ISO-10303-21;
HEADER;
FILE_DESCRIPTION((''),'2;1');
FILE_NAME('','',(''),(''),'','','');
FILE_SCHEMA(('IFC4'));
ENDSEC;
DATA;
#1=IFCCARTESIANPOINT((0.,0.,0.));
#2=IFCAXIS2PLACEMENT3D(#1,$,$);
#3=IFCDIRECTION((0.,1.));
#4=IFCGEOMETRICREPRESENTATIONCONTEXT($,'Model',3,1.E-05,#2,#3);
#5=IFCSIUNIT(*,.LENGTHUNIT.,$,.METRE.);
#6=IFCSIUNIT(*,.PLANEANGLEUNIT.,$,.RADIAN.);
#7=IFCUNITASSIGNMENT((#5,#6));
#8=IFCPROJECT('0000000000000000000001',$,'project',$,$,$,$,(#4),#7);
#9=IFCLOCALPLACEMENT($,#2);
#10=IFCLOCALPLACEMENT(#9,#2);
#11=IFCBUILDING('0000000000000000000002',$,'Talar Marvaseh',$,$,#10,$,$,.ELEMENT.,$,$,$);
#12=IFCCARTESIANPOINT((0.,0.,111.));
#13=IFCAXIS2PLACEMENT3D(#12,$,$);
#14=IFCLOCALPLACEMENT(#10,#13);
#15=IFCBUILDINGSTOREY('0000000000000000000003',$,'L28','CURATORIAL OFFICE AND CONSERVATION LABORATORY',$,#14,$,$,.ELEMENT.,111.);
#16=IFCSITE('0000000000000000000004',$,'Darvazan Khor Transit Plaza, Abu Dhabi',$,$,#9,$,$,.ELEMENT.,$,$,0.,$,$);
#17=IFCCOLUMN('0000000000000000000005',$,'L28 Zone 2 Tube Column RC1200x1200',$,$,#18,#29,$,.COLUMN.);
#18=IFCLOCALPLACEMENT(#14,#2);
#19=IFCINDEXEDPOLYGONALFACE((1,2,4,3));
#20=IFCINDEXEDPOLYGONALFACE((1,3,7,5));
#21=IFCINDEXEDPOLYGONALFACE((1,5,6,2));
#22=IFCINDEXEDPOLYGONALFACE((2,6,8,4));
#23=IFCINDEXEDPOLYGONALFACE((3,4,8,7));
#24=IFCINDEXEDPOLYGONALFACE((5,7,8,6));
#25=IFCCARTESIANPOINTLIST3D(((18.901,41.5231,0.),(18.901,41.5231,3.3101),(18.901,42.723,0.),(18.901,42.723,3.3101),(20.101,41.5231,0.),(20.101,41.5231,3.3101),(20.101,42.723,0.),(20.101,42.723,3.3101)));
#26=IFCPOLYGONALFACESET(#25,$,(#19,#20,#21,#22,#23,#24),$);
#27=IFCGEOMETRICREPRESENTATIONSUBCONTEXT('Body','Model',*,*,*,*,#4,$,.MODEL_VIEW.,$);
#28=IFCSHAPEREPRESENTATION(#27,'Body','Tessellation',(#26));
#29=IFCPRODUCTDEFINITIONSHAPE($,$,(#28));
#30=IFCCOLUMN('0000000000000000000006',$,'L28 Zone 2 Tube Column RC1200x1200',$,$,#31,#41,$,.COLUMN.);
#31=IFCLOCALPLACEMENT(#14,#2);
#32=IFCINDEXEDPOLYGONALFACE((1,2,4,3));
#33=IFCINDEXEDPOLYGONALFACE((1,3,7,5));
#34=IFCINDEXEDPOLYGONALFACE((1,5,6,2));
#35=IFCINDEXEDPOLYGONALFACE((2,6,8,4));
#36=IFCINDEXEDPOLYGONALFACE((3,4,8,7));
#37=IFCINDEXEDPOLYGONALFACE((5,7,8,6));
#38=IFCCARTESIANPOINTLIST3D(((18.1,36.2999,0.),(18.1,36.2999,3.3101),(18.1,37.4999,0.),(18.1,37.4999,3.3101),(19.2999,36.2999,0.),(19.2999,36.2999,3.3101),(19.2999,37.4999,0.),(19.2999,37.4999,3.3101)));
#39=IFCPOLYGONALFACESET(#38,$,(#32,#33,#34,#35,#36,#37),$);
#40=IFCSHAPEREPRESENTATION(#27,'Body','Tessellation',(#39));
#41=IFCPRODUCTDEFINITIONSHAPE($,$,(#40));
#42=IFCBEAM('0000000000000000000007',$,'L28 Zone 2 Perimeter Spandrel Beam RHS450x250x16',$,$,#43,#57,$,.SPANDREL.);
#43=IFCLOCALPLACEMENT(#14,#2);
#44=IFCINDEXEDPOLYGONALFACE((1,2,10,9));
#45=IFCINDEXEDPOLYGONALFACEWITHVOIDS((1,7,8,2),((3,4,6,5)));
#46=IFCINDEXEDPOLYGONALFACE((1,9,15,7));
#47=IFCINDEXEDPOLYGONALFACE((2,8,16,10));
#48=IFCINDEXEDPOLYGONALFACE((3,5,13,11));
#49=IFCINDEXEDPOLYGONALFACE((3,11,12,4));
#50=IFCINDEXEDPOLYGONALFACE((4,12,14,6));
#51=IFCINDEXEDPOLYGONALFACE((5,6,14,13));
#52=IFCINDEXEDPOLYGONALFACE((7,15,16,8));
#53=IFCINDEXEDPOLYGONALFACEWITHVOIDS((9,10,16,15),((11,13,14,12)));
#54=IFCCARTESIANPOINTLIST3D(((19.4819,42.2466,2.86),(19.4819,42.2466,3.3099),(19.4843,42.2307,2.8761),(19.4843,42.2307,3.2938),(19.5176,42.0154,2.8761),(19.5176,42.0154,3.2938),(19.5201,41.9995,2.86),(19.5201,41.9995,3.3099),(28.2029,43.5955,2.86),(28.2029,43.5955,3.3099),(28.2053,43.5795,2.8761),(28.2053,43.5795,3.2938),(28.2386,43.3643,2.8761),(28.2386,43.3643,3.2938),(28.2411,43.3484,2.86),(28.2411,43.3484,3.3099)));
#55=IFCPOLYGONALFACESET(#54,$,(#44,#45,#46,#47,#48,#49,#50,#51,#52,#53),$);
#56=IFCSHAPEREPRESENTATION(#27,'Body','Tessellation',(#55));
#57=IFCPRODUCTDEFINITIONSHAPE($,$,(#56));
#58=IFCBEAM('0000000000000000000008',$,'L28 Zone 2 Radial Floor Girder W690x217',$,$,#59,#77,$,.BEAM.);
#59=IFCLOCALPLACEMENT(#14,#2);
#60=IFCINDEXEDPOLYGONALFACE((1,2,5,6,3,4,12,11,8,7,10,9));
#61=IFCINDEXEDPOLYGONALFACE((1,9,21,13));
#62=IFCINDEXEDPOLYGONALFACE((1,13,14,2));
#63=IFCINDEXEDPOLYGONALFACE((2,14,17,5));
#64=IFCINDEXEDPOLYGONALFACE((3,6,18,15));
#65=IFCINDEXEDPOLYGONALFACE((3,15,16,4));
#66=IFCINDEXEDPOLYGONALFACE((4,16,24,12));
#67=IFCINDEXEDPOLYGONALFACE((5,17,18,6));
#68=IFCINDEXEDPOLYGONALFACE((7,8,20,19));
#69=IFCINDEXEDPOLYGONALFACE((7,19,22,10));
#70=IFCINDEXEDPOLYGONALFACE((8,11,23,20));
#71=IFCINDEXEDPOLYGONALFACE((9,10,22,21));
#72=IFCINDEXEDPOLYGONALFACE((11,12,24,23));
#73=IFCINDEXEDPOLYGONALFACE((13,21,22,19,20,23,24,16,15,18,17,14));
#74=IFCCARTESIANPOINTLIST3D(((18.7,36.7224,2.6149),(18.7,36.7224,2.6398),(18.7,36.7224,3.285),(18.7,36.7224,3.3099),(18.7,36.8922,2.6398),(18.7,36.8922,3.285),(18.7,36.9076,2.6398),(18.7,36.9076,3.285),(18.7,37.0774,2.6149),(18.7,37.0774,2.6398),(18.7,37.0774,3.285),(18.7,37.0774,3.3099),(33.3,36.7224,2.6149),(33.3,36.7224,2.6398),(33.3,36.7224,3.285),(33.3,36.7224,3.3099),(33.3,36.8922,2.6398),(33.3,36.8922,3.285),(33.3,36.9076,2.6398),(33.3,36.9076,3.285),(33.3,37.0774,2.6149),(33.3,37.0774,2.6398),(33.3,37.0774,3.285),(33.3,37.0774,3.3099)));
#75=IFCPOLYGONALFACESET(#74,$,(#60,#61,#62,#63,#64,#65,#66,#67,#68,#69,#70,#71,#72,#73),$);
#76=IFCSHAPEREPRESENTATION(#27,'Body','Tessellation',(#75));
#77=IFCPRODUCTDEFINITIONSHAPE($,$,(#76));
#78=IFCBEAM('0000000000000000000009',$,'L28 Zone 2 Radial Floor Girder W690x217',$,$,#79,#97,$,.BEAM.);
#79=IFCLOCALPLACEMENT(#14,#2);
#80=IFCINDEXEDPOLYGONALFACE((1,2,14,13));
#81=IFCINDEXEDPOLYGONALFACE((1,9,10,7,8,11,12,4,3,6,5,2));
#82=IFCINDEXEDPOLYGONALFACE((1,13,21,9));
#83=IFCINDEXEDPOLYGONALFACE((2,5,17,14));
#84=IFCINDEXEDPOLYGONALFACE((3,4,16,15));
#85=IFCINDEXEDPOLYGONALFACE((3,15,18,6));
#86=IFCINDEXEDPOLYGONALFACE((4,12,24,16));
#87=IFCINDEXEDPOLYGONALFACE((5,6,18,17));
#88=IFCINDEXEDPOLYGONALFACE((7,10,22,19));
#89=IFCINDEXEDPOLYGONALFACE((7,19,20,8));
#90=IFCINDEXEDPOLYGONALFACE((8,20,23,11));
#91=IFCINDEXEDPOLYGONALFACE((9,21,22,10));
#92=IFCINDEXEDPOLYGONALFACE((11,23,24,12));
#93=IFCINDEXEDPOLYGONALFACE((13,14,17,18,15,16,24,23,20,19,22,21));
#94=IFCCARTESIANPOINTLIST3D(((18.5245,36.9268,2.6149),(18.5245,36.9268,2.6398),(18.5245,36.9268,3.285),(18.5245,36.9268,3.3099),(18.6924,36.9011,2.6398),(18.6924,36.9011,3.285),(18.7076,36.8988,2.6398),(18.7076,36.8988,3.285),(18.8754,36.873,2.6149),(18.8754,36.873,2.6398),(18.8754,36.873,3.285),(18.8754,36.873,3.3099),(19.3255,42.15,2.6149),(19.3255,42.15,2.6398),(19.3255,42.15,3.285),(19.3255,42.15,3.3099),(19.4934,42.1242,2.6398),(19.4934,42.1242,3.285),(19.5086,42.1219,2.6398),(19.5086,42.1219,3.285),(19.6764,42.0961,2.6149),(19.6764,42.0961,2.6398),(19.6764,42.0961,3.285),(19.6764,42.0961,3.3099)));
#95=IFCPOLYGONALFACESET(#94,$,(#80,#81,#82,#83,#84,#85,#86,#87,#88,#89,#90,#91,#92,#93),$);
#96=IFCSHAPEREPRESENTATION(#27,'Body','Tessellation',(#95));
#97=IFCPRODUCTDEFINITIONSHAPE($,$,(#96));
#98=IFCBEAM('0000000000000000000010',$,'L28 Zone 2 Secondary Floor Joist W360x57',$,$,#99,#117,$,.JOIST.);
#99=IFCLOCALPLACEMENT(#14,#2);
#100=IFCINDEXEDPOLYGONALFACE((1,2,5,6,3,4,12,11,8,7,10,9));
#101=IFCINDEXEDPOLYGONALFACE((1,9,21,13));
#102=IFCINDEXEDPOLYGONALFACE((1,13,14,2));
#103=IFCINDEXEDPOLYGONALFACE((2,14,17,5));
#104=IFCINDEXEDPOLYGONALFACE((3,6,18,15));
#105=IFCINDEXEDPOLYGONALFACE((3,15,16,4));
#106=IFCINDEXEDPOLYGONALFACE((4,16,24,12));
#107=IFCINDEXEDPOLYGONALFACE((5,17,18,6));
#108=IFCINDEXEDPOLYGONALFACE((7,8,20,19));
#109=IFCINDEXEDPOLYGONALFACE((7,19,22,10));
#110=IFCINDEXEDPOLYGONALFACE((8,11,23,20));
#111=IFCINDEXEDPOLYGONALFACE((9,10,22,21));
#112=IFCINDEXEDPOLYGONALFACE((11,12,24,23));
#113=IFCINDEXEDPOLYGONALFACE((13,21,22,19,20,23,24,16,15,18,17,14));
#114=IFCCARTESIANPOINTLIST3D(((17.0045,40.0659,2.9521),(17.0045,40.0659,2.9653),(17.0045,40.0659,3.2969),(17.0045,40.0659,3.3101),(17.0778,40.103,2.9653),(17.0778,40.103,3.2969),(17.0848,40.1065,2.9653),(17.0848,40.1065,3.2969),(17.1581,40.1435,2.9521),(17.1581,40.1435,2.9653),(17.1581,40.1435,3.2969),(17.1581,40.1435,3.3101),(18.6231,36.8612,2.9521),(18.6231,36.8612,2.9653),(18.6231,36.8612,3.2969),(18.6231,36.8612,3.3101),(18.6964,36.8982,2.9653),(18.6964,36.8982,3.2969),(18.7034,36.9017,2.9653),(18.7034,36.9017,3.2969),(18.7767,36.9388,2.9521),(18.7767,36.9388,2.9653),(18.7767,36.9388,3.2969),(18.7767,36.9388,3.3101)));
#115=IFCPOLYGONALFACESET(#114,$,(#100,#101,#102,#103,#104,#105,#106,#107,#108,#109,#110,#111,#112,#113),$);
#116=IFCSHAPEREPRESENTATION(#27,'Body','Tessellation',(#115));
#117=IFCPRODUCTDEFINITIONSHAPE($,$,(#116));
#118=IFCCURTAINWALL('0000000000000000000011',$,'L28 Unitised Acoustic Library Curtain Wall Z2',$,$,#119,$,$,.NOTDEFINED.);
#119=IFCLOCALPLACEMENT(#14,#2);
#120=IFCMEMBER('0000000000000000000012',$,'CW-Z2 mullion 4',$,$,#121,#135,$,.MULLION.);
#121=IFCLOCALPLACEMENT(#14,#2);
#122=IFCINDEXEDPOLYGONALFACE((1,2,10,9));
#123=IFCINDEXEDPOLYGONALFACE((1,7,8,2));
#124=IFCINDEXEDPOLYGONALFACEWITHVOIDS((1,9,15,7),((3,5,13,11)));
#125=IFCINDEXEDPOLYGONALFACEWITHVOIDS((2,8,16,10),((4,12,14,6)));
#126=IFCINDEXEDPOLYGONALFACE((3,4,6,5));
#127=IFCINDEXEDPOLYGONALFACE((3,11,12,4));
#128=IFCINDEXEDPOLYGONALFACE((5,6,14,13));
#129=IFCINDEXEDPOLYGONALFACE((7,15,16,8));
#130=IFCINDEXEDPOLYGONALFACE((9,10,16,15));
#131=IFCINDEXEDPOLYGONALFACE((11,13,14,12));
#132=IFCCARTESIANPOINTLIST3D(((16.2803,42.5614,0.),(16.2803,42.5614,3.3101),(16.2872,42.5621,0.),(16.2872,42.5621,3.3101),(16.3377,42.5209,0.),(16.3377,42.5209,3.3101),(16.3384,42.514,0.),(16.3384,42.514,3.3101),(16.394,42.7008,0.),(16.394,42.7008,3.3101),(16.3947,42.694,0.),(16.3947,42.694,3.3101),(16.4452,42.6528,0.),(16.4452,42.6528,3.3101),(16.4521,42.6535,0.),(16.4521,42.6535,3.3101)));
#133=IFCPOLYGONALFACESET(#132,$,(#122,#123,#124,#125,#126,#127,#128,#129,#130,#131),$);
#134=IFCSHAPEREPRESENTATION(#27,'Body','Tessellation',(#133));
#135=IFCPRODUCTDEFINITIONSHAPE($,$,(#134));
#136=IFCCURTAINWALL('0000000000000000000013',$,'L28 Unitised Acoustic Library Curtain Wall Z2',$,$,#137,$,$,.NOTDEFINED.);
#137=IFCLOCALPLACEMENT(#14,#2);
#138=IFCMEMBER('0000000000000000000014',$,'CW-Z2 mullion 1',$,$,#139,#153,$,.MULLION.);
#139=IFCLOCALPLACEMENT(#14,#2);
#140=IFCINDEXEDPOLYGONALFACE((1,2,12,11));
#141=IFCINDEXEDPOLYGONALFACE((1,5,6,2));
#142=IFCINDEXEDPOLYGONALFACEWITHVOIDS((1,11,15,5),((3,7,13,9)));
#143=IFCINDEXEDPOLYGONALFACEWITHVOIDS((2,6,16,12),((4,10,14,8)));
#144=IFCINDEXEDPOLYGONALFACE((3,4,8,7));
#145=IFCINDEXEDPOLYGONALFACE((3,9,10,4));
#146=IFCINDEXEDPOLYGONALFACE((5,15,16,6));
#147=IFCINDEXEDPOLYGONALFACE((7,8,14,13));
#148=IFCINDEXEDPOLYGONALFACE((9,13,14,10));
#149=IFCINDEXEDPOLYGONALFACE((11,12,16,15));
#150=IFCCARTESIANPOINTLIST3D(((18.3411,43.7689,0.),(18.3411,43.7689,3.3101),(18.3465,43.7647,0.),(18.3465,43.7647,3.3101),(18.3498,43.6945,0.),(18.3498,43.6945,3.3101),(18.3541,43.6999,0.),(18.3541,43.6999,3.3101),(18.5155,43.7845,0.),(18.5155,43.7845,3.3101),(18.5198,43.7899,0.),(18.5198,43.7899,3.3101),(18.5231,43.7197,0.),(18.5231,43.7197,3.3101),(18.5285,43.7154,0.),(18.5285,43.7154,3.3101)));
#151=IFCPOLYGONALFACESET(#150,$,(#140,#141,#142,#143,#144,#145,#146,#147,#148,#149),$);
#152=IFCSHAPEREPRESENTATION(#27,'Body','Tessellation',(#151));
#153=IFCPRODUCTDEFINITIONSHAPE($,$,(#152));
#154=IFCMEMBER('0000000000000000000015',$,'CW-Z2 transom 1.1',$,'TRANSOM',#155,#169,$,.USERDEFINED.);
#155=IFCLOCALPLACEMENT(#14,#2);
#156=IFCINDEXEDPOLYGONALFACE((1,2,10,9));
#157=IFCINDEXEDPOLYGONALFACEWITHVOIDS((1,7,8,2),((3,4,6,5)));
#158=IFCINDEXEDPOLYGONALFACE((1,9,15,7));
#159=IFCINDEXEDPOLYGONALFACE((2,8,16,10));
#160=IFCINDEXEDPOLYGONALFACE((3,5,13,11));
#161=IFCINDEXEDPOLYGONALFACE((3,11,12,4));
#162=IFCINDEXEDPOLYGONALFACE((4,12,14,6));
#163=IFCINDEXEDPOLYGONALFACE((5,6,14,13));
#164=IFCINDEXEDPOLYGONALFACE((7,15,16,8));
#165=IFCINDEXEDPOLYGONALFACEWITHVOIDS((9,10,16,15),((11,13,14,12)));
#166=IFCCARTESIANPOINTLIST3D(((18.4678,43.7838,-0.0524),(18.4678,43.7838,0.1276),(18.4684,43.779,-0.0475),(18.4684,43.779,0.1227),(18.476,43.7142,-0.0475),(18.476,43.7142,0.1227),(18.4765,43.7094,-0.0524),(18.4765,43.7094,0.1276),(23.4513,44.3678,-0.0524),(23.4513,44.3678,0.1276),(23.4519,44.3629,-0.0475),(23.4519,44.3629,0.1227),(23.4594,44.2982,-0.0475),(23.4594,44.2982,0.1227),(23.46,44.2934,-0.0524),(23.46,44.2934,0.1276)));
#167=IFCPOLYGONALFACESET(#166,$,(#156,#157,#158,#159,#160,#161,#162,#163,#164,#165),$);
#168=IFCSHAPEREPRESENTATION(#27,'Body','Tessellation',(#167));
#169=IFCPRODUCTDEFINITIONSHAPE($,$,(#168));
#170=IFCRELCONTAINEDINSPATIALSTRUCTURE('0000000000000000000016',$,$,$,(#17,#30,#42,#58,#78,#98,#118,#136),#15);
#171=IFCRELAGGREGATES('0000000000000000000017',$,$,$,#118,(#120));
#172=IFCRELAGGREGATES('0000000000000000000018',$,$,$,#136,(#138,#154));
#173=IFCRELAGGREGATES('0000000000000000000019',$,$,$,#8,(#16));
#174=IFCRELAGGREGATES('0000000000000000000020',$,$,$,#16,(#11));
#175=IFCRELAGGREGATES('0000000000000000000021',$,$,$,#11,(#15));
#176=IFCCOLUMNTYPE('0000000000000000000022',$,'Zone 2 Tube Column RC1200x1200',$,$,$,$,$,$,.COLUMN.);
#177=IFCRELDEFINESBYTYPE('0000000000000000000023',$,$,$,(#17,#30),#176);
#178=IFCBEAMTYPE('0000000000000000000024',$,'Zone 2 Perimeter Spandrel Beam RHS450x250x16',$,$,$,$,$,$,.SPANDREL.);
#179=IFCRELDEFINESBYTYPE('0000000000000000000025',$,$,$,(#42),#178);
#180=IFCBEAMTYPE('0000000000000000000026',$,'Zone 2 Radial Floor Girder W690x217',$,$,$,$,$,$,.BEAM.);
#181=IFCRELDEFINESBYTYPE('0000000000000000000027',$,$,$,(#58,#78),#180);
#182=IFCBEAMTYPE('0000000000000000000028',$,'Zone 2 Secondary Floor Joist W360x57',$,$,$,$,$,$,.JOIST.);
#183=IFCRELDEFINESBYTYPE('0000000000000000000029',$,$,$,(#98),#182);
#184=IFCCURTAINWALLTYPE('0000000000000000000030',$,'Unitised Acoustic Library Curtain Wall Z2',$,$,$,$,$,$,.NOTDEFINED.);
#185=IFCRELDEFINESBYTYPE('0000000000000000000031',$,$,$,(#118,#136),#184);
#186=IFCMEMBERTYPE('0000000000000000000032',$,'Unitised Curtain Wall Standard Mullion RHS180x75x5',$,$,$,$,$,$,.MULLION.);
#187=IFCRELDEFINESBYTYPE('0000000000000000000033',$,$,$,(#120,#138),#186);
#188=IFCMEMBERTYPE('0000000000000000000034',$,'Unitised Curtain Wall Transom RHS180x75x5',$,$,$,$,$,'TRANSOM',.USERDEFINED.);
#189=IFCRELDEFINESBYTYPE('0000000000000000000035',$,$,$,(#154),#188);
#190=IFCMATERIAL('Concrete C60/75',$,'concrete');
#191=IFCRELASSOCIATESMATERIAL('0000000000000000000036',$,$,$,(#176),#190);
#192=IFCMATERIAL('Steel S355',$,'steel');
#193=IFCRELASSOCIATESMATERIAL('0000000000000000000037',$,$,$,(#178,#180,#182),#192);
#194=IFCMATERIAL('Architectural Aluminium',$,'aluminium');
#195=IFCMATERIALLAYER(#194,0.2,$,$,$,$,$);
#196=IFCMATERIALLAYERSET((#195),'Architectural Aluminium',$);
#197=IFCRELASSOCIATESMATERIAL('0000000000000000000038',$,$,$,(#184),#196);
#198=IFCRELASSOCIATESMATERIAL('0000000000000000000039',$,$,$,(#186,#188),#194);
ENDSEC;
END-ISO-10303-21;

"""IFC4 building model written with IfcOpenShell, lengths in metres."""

from ifc_helpers import new_model, si_unit, direction, frame, origin, origin_2d, place, context, subcontext, project, spatial, rectangle, hollow_rectangle, i_section, extrude, source, transform, mapped, material, layer, layer_set, material_profile, profile_set, type_object, type_shapes, element, aggregate, save


model = new_model("IFC4")

# Units and contexts
model_context = context("Model", 3, precision=1e-05, world=origin(), true_north=direction((0.0, 1.0)))
body_context = subcontext(model_context, "Body", "Model", "MODEL_VIEW")
ifc_project = project(units=[si_unit("LENGTHUNIT", "METRE"), si_unit("PLANEANGLEUNIT", "RADIAN")], contexts=[model_context])

# Site, building, storey
site_placement = place(None, origin())
site = spatial("IfcSite", under=ifc_project, at=site_placement, Name="Darvazan Khor Transit Plaza, Abu Dhabi", CompositionType="ELEMENT", RefElevation=0.0)
building_placement = place(site_placement, origin())
building = spatial("IfcBuilding", under=site, at=building_placement, Name="Talar Marvaseh", CompositionType="ELEMENT")
storey_placement = place(building_placement, frame((0.0, 0.0, 111.0)))
storey = spatial("IfcBuildingStorey", under=building, at=storey_placement, Name="L28", Description="CURATORIAL OFFICE AND CONSERVATION LABORATORY", CompositionType="ELEMENT", Elevation=111.0)

# Columns
ifc_material_1 = material(Name="Concrete C60/75", Category="concrete")
ifc_material_profile_1 = material_profile(ifc_material_1, rectangle(XDim=1.2, YDim=1.2, at=origin_2d()), Name="RC1200x1200")
ifc_profile_set_1 = profile_set([ifc_material_profile_1], Name="Concrete C60/75")
column_type = type_object("IfcColumnType", Name="Zone 2 Tube Column RC1200x1200", PredefinedType="COLUMN", material=ifc_profile_set_1)
for number, where, z_axis, x_axis, name in (
    (1, (19.501, 42.123, 0.0), (0.0, 0.0, 1.0), (1.0, 0.0, 0.0), "L28 Zone 2 Tube Column RC1200x1200"),
    (2, (18.7, 36.8999, 0.0), (0.0, 0.0, 1.0), (1.0, 0.0, 0.0), "L28 Zone 2 Tube Column RC1200x1200"),
):
    element("IfcColumn", number, at=place(storey_placement, frame(where, z_axis=z_axis, x_axis=x_axis)), inside=storey, type_object=column_type, Name=name, PredefinedType="COLUMN", context=body_context, shape_type="SweptSolid", body=[
        extrude(rectangle(XDim=1.2, YDim=1.2, at=origin_2d()), origin(), (0.0, 0.0, 1.0), 3.3101),
    ])

# Beams
ifc_material_2 = material(Name="Steel S355", Category="steel")
ifc_material_profile_2 = material_profile(ifc_material_2, hollow_rectangle(XDim=0.25, YDim=0.45, WallThickness=0.0161, at=origin_2d()), Name="RHS450x250x16")
ifc_profile_set_2 = profile_set([ifc_material_profile_2], Name="Steel S355")
beam_type_1 = type_object("IfcBeamType", Name="Zone 2 Perimeter Spandrel Beam RHS450x250x16", PredefinedType="SPANDREL", material=ifc_profile_set_2)
beam_1_placement = place(storey_placement, frame((19.501, 42.123, 3.085), z_axis=(0.988249, 0.152853, 0.0), x_axis=(-0.152853, 0.988249, 0.0)))
element("IfcBeam", 3, at=beam_1_placement, inside=storey, type_object=beam_type_1, Name="L28 Zone 2 Perimeter Spandrel Beam RHS450x250x16", PredefinedType="SPANDREL", context=body_context, shape_type="SweptSolid", body=[
    extrude(hollow_rectangle(XDim=0.25, YDim=0.45, WallThickness=0.0161, at=origin_2d()), origin(), (0.0, 0.0, 1.0), 8.8247),
])
ifc_material_profile_3 = material_profile(ifc_material_2, i_section(OverallWidth=0.355, OverallDepth=0.6951, WebThickness=0.0154, FlangeThickness=0.0249, at=origin_2d()), Name="W690x217")
ifc_profile_set_3 = profile_set([ifc_material_profile_3], Name="Steel S355")
beam_type_2 = type_object("IfcBeamType", Name="Zone 2 Radial Floor Girder W690x217", PredefinedType="BEAM", material=ifc_profile_set_3)
beam_2_placement = place(storey_placement, frame((18.7, 36.8999, 2.9624), z_axis=(1.0, 0.0, 0.0), x_axis=(0.0, 1.0, 0.0)))
element("IfcBeam", 4, at=beam_2_placement, inside=storey, type_object=beam_type_2, Name="L28 Zone 2 Radial Floor Girder W690x217", PredefinedType="BEAM", context=body_context, shape_type="SweptSolid", body=[
    extrude(i_section(OverallWidth=0.355, OverallDepth=0.6951, WebThickness=0.0154, FlangeThickness=0.0249, at=origin_2d()), origin(), (0.0, 0.0, 1.0), 14.6001),
])
beam_3_placement = place(storey_placement, frame((19.501, 42.123, 2.9624), z_axis=(-0.151588, -0.988444, 0.0), x_axis=(0.988444, -0.151588, 0.0)))
element("IfcBeam", 5, at=beam_3_placement, inside=storey, type_object=beam_type_2, Name="L28 Zone 2 Radial Floor Girder W690x217", PredefinedType="BEAM", context=body_context, shape_type="SweptSolid", body=[
    extrude(i_section(OverallWidth=0.355, OverallDepth=0.6951, WebThickness=0.0154, FlangeThickness=0.0249, at=origin_2d()), origin(), (0.0, 0.0, 1.0), 5.2842),
])
ifc_material_profile_4 = material_profile(ifc_material_2, i_section(OverallWidth=0.1721, OverallDepth=0.3579, WebThickness=0.0078, FlangeThickness=0.0132, at=origin_2d()), Name="W360x57")
ifc_profile_set_4 = profile_set([ifc_material_profile_4], Name="Steel S355")
beam_type_3 = type_object("IfcBeamType", Name="Zone 2 Secondary Floor Joist W360x57", PredefinedType="JOIST", material=ifc_profile_set_4)
beam_4_placement = place(storey_placement, frame((17.0813, 40.1047, 3.1311), z_axis=(0.450827, -0.892611, 0.0), x_axis=(0.892611, 0.450827, 0.0)))
element("IfcBeam", 6, at=beam_4_placement, inside=storey, type_object=beam_type_3, Name="L28 Zone 2 Secondary Floor Joist W360x57", PredefinedType="JOIST", context=body_context, shape_type="SweptSolid", body=[
    extrude(i_section(OverallWidth=0.1721, OverallDepth=0.3579, WebThickness=0.0078, FlangeThickness=0.0132, at=origin_2d()), origin(), (0.0, 0.0, 1.0), 3.5903),
])

# Curtain wall, member
ifc_material_3 = material(Name="Architectural Aluminium", Category="aluminium")
ifc_layer_1 = layer(ifc_material_3, 0.2)
ifc_layer_set_1 = layer_set([ifc_layer_1], Name="Architectural Aluminium")
curtain_wall_type = type_object("IfcCurtainWallType", Name="Unitised Acoustic Library Curtain Wall Z2", PredefinedType="NOTDEFINED", material=ifc_layer_set_1)
curtain_wall_1_placement = place(storey_placement, origin())
curtain_wall_1 = element("IfcCurtainWall", 7, at=curtain_wall_1_placement, inside=storey, type_object=curtain_wall_type, Name="L28 Unitised Acoustic Library Curtain Wall Z2", PredefinedType="NOTDEFINED")
ifc_material_profile_5 = material_profile(ifc_material_3, hollow_rectangle(XDim=0.075, YDim=0.1799, WallThickness=0.0049, at=origin_2d()), Name="RHS180x75x5")
ifc_profile_set_5 = profile_set([ifc_material_profile_5], Name="Architectural Aluminium")
member_type_1 = type_object("IfcMemberType", Name="Unitised Curtain Wall Standard Mullion RHS180x75x5", PredefinedType="MULLION", material=ifc_profile_set_5)
shared_shape_1 = source(origin(), body_context, "Body", "SweptSolid", [
    extrude(hollow_rectangle(XDim=0.075, YDim=0.1799, WallThickness=0.0049, at=origin_2d()), origin(), (0.0, 0.0, 1.0), 3.3101),
])
type_shapes(member_type_1, [shared_shape_1])
member_1_placement = place(storey_placement, frame((16.3662, 42.6074, 0.0), z_axis=(0.0, 0.0, 1.0), x_axis=(-0.775146, 0.631782, 0.0)))
member_1 = element("IfcMember", 8, at=member_1_placement, type_object=member_type_1, Name="CW-Z2 mullion 4", PredefinedType="MULLION", context=body_context, shape_type="MappedRepresentation", body=[
    mapped(shared_shape_1, transform((0.0, 0.0, 0.0), x_axis=(1.0, 0.0, 0.0), y_axis=(0.0, 1.0, 0.0), z_axis=(0.0, 0.0, 1.0), scale=1.0)),
])
aggregate(curtain_wall_1, [member_1])

# Curtain wall, members
curtain_wall_2_placement = place(storey_placement, origin())
curtain_wall_2 = element("IfcCurtainWall", 9, at=curtain_wall_2_placement, inside=storey, type_object=curtain_wall_type, Name="L28 Unitised Acoustic Library Curtain Wall Z2", PredefinedType="NOTDEFINED")
member_2_placement = place(storey_placement, frame((18.4348, 43.7422, 0.0), z_axis=(0.0, 0.0, 1.0), x_axis=(-0.11636, 0.993207, 0.0)))
member_2 = element("IfcMember", 10, at=member_2_placement, type_object=member_type_1, Name="CW-Z2 mullion 1", PredefinedType="MULLION", context=body_context, shape_type="MappedRepresentation", body=[
    mapped(shared_shape_1, transform((0.0, 0.0, 0.0), x_axis=(1.0, 0.0, 0.0), y_axis=(0.0, 1.0, 0.0), z_axis=(0.0, 0.0, 1.0), scale=1.0)),
])
ifc_material_profile_6 = material_profile(ifc_material_3, hollow_rectangle(XDim=0.075, YDim=0.1799, WallThickness=0.0049, at=origin_2d()), Name="RHS180x75x5")
ifc_profile_set_6 = profile_set([ifc_material_profile_6], Name="Architectural Aluminium")
member_type_2 = type_object("IfcMemberType", Name="Unitised Curtain Wall Transom RHS180x75x5", ElementType="TRANSOM", PredefinedType="USERDEFINED", material=ifc_profile_set_6)
shared_shape_2 = source(origin(), body_context, "Body", "SweptSolid", [
    extrude(hollow_rectangle(XDim=0.075, YDim=0.1799, WallThickness=0.0049, at=origin_2d()), origin(), (0.0, 0.0, 1.0), 5.0176),
])
type_shapes(member_type_2, [shared_shape_2])
member_3_placement = place(storey_placement, frame((18.4722, 43.7466, 0.0376), z_axis=(0.993204, 0.11639, 0.0), x_axis=(-0.11639, 0.993204, 0.0)))
member_3 = element("IfcMember", 11, at=member_3_placement, type_object=member_type_2, Name="CW-Z2 transom 1.1", ObjectType="TRANSOM", PredefinedType="USERDEFINED", context=body_context, shape_type="MappedRepresentation", body=[
    mapped(shared_shape_2, transform((0.0, 0.0, 0.0), x_axis=(1.0, 0.0, 0.0), y_axis=(0.0, 1.0, 0.0), z_axis=(0.0, 0.0, 1.0), scale=1.0)),
])
aggregate(curtain_wall_2, [member_2, member_3])

save(model, "model.ifc")
